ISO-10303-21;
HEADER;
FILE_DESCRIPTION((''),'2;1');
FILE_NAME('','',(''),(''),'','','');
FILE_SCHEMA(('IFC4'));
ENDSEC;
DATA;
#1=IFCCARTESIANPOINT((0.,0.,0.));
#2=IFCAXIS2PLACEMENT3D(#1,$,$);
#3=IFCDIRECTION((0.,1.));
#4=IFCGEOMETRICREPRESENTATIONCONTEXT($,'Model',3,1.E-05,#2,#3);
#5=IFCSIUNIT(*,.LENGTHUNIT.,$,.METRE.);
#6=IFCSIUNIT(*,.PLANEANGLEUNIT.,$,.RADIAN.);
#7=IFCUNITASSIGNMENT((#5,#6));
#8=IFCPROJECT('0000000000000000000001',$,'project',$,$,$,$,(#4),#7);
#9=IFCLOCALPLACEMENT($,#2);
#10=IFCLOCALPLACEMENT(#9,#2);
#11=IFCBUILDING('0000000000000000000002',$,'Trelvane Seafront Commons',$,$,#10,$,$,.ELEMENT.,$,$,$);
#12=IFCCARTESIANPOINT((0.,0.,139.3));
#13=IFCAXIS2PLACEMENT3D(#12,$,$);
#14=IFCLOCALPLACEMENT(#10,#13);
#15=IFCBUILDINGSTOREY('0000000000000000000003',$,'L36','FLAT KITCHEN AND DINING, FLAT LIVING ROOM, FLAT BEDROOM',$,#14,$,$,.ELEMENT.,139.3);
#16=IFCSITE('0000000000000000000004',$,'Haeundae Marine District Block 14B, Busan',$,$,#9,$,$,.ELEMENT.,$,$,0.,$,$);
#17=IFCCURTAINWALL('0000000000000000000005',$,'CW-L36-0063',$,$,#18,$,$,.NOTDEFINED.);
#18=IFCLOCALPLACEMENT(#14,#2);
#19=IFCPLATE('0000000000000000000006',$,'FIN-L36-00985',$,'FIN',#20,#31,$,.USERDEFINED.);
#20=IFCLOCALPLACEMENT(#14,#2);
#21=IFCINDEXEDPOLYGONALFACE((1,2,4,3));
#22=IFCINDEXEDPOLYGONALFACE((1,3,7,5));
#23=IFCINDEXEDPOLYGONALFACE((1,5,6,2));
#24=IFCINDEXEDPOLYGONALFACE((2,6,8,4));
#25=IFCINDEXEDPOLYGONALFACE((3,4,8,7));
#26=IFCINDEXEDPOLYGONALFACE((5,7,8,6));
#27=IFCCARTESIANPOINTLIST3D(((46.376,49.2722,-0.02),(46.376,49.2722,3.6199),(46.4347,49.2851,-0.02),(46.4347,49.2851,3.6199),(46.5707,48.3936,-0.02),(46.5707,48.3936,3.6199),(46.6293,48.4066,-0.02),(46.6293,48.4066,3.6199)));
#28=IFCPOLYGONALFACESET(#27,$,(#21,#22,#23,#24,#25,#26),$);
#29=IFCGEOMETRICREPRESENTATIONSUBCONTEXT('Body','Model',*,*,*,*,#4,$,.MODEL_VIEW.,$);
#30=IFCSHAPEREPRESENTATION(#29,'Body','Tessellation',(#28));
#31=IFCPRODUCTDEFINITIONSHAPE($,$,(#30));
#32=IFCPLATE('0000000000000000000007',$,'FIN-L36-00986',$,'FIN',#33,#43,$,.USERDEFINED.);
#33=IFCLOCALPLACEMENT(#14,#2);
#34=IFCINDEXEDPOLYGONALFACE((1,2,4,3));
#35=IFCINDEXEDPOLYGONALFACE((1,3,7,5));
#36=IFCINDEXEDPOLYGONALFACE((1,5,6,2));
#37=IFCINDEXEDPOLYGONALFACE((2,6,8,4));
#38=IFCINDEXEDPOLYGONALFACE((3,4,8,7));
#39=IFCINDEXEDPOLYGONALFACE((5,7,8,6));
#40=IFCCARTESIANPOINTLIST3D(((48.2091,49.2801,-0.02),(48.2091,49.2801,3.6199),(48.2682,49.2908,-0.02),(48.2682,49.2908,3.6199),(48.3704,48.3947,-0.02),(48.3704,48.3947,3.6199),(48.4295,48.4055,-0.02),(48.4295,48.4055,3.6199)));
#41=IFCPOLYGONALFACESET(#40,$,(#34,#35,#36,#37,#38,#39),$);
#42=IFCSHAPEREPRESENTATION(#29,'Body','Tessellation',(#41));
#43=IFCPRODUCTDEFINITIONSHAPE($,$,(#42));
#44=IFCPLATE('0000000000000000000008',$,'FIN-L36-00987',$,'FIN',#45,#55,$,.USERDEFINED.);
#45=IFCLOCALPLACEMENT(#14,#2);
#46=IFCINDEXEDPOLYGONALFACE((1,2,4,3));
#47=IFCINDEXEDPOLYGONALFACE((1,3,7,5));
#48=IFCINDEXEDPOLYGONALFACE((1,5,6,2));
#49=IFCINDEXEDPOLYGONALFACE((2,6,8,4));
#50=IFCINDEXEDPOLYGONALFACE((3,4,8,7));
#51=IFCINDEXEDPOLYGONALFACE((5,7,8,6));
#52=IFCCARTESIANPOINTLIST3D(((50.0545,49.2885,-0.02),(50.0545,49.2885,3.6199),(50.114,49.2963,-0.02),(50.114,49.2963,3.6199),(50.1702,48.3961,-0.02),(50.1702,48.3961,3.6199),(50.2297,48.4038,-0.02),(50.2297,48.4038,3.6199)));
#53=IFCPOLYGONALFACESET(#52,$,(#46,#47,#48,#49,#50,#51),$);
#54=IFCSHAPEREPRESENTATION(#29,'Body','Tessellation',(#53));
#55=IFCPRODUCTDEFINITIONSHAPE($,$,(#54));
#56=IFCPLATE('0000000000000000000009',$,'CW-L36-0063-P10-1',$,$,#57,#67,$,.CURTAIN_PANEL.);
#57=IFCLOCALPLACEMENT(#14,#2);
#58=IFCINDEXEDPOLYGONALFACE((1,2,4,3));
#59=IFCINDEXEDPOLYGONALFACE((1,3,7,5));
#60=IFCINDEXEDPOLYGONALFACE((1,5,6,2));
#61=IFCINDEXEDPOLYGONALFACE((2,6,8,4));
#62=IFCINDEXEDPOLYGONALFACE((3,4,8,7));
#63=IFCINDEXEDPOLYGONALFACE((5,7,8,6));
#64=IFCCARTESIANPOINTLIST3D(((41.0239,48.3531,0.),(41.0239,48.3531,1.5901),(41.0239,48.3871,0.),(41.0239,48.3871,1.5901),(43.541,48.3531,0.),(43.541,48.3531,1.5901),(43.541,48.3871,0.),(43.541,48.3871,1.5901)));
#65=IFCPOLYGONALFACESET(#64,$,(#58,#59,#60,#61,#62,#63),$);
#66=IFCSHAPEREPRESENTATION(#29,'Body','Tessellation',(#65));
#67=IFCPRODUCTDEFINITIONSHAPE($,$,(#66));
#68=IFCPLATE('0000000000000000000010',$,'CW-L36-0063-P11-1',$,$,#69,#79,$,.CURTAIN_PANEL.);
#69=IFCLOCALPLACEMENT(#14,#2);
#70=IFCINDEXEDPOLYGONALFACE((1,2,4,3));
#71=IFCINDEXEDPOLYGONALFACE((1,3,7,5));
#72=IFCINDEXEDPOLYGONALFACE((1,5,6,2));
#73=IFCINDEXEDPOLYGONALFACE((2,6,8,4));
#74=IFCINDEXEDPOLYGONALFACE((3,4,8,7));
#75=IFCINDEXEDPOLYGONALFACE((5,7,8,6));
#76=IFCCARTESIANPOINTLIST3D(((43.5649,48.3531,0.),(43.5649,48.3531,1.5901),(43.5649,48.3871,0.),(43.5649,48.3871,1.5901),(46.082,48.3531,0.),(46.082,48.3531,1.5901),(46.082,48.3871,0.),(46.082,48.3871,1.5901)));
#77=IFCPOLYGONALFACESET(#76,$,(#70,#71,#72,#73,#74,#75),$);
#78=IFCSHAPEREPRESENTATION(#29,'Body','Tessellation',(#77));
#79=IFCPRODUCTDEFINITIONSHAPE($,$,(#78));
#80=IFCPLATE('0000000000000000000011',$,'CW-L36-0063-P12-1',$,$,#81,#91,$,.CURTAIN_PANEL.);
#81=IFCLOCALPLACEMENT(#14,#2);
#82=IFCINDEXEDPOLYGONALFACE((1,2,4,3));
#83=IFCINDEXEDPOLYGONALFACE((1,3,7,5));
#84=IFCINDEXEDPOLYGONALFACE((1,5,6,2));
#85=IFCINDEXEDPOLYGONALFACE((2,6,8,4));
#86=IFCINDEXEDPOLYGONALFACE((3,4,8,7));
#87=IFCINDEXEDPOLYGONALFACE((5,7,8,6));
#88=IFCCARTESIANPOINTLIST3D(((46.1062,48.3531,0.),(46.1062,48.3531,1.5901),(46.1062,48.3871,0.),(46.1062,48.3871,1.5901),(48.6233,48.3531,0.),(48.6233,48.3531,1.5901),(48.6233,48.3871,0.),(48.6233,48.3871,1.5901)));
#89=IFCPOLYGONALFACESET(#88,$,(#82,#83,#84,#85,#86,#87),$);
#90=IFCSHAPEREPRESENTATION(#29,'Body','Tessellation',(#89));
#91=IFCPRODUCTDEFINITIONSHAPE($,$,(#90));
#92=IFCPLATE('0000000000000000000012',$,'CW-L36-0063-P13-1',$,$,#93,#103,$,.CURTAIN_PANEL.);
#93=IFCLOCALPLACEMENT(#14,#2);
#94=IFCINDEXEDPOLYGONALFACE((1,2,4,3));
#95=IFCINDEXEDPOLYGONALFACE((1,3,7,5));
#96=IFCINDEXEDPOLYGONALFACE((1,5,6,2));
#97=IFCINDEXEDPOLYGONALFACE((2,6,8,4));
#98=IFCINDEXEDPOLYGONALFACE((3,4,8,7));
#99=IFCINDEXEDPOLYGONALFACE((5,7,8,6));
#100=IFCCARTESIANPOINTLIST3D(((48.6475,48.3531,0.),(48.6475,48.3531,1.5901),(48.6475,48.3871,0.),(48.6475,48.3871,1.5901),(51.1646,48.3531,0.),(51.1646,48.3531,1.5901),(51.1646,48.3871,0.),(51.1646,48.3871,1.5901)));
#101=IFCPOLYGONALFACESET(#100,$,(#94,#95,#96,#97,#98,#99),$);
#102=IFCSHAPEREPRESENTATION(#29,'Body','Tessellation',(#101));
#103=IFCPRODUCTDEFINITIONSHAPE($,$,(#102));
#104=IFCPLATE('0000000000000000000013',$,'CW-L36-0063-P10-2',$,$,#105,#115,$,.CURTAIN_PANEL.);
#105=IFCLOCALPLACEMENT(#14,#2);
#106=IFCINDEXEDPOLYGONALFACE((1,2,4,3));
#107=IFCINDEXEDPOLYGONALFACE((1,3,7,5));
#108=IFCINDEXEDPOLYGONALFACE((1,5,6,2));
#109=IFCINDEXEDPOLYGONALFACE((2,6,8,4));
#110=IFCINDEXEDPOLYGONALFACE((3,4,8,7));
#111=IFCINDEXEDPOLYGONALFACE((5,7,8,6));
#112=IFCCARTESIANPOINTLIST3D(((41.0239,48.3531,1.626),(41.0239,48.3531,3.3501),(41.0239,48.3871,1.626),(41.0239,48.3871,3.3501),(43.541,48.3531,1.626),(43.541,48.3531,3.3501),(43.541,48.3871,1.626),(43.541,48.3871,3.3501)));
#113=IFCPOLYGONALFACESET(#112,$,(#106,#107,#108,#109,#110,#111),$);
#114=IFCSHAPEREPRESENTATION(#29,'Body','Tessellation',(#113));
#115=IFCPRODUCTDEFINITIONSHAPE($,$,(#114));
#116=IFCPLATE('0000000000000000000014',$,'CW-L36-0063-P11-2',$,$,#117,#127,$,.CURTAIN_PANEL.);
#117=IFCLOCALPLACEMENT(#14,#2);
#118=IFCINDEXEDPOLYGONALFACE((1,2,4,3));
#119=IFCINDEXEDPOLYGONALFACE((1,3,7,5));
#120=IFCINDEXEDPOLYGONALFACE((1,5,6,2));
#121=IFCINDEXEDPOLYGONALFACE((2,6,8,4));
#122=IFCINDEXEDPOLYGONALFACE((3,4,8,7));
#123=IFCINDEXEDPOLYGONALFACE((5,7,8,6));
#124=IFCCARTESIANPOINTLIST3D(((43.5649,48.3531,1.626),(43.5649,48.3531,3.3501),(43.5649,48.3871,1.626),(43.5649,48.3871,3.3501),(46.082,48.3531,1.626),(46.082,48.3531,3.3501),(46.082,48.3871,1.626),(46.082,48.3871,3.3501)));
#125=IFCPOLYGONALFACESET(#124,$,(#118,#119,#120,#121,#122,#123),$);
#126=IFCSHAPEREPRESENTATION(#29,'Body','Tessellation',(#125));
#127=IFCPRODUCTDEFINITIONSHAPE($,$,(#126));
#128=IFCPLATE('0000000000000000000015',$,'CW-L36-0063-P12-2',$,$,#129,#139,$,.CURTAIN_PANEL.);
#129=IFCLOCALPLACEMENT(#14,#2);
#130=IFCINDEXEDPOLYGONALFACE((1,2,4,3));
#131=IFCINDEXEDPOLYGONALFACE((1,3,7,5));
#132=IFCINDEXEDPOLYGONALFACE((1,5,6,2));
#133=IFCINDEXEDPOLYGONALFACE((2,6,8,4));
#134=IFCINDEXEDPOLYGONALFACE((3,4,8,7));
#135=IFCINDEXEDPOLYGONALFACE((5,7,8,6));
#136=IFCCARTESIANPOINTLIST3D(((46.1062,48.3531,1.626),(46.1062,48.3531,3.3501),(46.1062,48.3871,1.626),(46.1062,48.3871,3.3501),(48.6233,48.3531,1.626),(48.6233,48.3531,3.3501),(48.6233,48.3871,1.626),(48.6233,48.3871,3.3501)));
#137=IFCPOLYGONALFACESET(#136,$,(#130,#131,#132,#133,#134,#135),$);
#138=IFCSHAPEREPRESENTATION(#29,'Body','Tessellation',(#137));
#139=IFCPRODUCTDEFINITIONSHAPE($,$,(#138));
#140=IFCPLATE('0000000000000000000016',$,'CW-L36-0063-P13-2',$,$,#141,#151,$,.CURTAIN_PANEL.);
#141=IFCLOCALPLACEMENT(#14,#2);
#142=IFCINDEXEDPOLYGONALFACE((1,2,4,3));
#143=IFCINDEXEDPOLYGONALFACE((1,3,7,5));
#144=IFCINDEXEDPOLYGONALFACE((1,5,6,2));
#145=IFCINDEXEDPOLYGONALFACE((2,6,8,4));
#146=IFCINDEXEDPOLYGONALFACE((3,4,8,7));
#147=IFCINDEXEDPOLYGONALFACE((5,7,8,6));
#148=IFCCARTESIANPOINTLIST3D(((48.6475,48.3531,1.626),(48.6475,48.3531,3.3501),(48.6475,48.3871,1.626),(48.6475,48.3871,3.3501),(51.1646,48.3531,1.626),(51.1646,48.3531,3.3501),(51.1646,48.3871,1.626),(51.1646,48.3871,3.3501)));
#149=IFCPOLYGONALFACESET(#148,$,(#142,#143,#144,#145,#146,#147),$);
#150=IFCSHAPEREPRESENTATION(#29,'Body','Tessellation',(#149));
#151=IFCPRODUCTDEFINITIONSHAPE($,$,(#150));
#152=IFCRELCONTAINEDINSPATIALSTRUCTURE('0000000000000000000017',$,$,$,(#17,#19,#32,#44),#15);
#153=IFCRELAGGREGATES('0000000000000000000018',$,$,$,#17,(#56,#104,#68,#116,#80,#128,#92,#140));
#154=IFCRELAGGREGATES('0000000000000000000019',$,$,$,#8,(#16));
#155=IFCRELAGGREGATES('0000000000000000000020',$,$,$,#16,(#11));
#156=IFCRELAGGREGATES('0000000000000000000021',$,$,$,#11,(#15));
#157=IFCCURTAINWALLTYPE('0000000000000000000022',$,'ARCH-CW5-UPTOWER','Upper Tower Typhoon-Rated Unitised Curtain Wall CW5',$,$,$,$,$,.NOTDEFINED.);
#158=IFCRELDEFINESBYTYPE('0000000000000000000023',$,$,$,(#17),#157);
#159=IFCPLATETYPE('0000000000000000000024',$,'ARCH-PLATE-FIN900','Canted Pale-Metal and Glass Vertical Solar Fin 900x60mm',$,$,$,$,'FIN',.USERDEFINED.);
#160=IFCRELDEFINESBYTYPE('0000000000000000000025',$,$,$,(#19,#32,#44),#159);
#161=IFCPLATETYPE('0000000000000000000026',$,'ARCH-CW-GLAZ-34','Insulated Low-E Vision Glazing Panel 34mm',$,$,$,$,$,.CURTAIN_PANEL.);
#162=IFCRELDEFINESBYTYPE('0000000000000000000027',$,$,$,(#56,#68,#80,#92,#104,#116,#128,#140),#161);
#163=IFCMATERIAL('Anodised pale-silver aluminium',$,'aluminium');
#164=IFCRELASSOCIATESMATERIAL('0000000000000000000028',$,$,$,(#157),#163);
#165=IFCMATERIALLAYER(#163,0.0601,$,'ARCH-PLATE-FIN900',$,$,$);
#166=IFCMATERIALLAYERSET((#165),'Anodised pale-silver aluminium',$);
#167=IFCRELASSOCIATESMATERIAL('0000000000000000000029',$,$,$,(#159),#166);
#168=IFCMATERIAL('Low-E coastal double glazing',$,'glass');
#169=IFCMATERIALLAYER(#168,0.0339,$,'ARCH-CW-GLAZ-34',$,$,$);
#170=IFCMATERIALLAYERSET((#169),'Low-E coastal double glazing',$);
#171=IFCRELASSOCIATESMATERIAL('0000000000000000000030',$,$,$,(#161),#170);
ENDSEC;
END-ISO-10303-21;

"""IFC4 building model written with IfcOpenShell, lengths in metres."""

from ifc_helpers import new_model, si_unit, direction, frame, origin, origin_2d, place, context, subcontext, project, spatial, rectangle, extrude, source, transform, mapped, material, layer, layer_set, type_object, element, aggregate, save


model = new_model("IFC4")

# Units and contexts
model_context = context("Model", 3, precision=1e-05, world=origin(), true_north=direction((0.0, 1.0)))
body_context = subcontext(model_context, "Body", "Model", "MODEL_VIEW")
ifc_project = project(units=[si_unit("LENGTHUNIT", "METRE"), si_unit("PLANEANGLEUNIT", "RADIAN")], contexts=[model_context])

# Site, building, storey
site_placement = place(None, origin())
site = spatial("IfcSite", under=ifc_project, at=site_placement, Name="Haeundae Marine District Block 14B, Busan", CompositionType="ELEMENT", RefElevation=0.0)
building_placement = place(site_placement, origin())
building = spatial("IfcBuilding", under=site, at=building_placement, Name="Trelvane Seafront Commons", CompositionType="ELEMENT")
storey_placement = place(building_placement, frame((0.0, 0.0, 139.3)))
storey = spatial("IfcBuildingStorey", under=building, at=storey_placement, Name="L36", Description="FLAT KITCHEN AND DINING, FLAT LIVING ROOM, FLAT BEDROOM", CompositionType="ELEMENT", Elevation=139.3)

# Curtain wall
ifc_material_1 = material(Name="Anodised pale-silver aluminium", Category="aluminium")
curtain_wall_type = type_object("IfcCurtainWallType", Name="ARCH-CW5-UPTOWER", Description="Upper Tower Typhoon-Rated Unitised Curtain Wall CW5", PredefinedType="NOTDEFINED", material=ifc_material_1)
curtain_wall_placement = place(storey_placement, origin())
curtain_wall = element("IfcCurtainWall", 1, at=curtain_wall_placement, inside=storey, type_object=curtain_wall_type, Name="CW-L36-0063", PredefinedType="NOTDEFINED")

# Plates
ifc_layer_1 = layer(ifc_material_1, 0.0601, Name="ARCH-PLATE-FIN900")
ifc_layer_set_1 = layer_set([ifc_layer_1], Name="Anodised pale-silver aluminium")
plate_type_1 = type_object("IfcPlateType", Name="ARCH-PLATE-FIN900", Description="Canted Pale-Metal and Glass Vertical Solar Fin 900x60mm", ElementType="FIN", PredefinedType="USERDEFINED", material=ifc_layer_set_1)
shared_shape_1 = source(origin(), body_context, "Body", "SweptSolid", [
    extrude(rectangle(XDim=0.8999, YDim=0.0601, at=origin_2d()), origin(), (0.0, 0.0, 1.0), 3.6399),
])
for number, where, z_axis, x_axis, name in (
    (2, (46.5027, 48.8394, -0.02), (0.0, 0.0, 1.0), (-0.216331, 0.97632, 0.0), "FIN-L36-00985"),
    (3, (48.3193, 48.8428, -0.02), (0.0, 0.0, 1.0), (-0.179228, 0.983808, 0.0), "FIN-L36-00986"),
    (4, (50.1421, 48.8462, -0.02), (0.0, 0.0, 1.0), (-0.12856, 0.991702, 0.0), "FIN-L36-00987"),
):
    element("IfcPlate", number, at=place(storey_placement, frame(where, z_axis=z_axis, x_axis=x_axis)), inside=storey, type_object=plate_type_1, Name=name, ObjectType="FIN", PredefinedType="USERDEFINED", context=body_context, shape_type="MappedRepresentation", body=[
        mapped(shared_shape_1, transform((0.0, 0.0, 0.0), x_axis=(1.0, 0.0, 0.0), y_axis=(0.0, 1.0, 0.0), z_axis=(0.0, 0.0, 1.0), scale=1.0)),
    ])

# Plates
ifc_material_2 = material(Name="Low-E coastal double glazing", Category="glass")
ifc_layer_2 = layer(ifc_material_2, 0.0339, Name="ARCH-CW-GLAZ-34")
ifc_layer_set_2 = layer_set([ifc_layer_2], Name="Low-E coastal double glazing")
plate_type_2 = type_object("IfcPlateType", Name="ARCH-CW-GLAZ-34", Description="Insulated Low-E Vision Glazing Panel 34mm", PredefinedType="CURTAIN_PANEL", material=ifc_layer_set_2)
shared_shape_2 = source(origin(), body_context, "Body", "SweptSolid", [
    extrude(rectangle(XDim=2.5171, YDim=0.0339, at=origin_2d()), origin(), (0.0, 0.0, 1.0), 1.5901),
])
plate_1_placement = place(storey_placement, frame((42.2825, 48.3701, 0.0), z_axis=(0.0, 0.0, 1.0), x_axis=(1.0, 0.0, 0.0)))
plate_1 = element("IfcPlate", 5, at=plate_1_placement, type_object=plate_type_2, Name="CW-L36-0063-P10-1", PredefinedType="CURTAIN_PANEL", context=body_context, shape_type="MappedRepresentation", body=[
    mapped(shared_shape_2, transform((0.0, 0.0, 0.0), x_axis=(1.0, 0.0, 0.0), y_axis=(0.0, 1.0, 0.0), z_axis=(0.0, 0.0, 1.0), scale=1.0)),
])
plate_2_placement = place(storey_placement, frame((44.8235, 48.3701, 0.0), z_axis=(0.0, 0.0, 1.0), x_axis=(1.0, 0.0, 0.0)))
plate_2 = element("IfcPlate", 6, at=plate_2_placement, type_object=plate_type_2, Name="CW-L36-0063-P11-1", PredefinedType="CURTAIN_PANEL", context=body_context, shape_type="MappedRepresentation", body=[
    mapped(shared_shape_2, transform((0.0, 0.0, 0.0), x_axis=(1.0, 0.0, 0.0), y_axis=(0.0, 1.0, 0.0), z_axis=(0.0, 0.0, 1.0), scale=1.0)),
])
plate_3_placement = place(storey_placement, frame((47.3647, 48.3701, 0.0), z_axis=(0.0, 0.0, 1.0), x_axis=(1.0, 0.0, 0.0)))
plate_3 = element("IfcPlate", 7, at=plate_3_placement, type_object=plate_type_2, Name="CW-L36-0063-P12-1", PredefinedType="CURTAIN_PANEL", context=body_context, shape_type="MappedRepresentation", body=[
    mapped(shared_shape_2, transform((0.0, 0.0, 0.0), x_axis=(1.0, 0.0, 0.0), y_axis=(0.0, 1.0, 0.0), z_axis=(0.0, 0.0, 1.0), scale=1.0)),
])
plate_4_placement = place(storey_placement, frame((49.906, 48.3701, 0.0), z_axis=(0.0, 0.0, 1.0), x_axis=(1.0, 0.0, 0.0)))
plate_4 = element("IfcPlate", 8, at=plate_4_placement, type_object=plate_type_2, Name="CW-L36-0063-P13-1", PredefinedType="CURTAIN_PANEL", context=body_context, shape_type="MappedRepresentation", body=[
    mapped(shared_shape_2, transform((0.0, 0.0, 0.0), x_axis=(1.0, 0.0, 0.0), y_axis=(0.0, 1.0, 0.0), z_axis=(0.0, 0.0, 1.0), scale=1.0)),
])
shared_shape_3 = source(origin(), body_context, "Body", "SweptSolid", [
    extrude(rectangle(XDim=2.5171, YDim=0.0339, at=origin_2d()), origin(), (0.0, 0.0, 1.0), 1.7241),
])
plate_5_placement = place(storey_placement, frame((42.2825, 48.3701, 1.626), z_axis=(0.0, 0.0, 1.0), x_axis=(1.0, 0.0, 0.0)))
plate_5 = element("IfcPlate", 9, at=plate_5_placement, type_object=plate_type_2, Name="CW-L36-0063-P10-2", PredefinedType="CURTAIN_PANEL", context=body_context, shape_type="MappedRepresentation", body=[
    mapped(shared_shape_3, transform((0.0, 0.0, 0.0), x_axis=(1.0, 0.0, 0.0), y_axis=(0.0, 1.0, 0.0), z_axis=(0.0, 0.0, 1.0), scale=1.0)),
])
plate_6_placement = place(storey_placement, frame((44.8235, 48.3701, 1.626), z_axis=(0.0, 0.0, 1.0), x_axis=(1.0, 0.0, 0.0)))
plate_6 = element("IfcPlate", 10, at=plate_6_placement, type_object=plate_type_2, Name="CW-L36-0063-P11-2", PredefinedType="CURTAIN_PANEL", context=body_context, shape_type="MappedRepresentation", body=[
    mapped(shared_shape_3, transform((0.0, 0.0, 0.0), x_axis=(1.0, 0.0, 0.0), y_axis=(0.0, 1.0, 0.0), z_axis=(0.0, 0.0, 1.0), scale=1.0)),
])
plate_7_placement = place(storey_placement, frame((47.3647, 48.3701, 1.626), z_axis=(0.0, 0.0, 1.0), x_axis=(1.0, 0.0, 0.0)))
plate_7 = element("IfcPlate", 11, at=plate_7_placement, type_object=plate_type_2, Name="CW-L36-0063-P12-2", PredefinedType="CURTAIN_PANEL", context=body_context, shape_type="MappedRepresentation", body=[
    mapped(shared_shape_3, transform((0.0, 0.0, 0.0), x_axis=(1.0, 0.0, 0.0), y_axis=(0.0, 1.0, 0.0), z_axis=(0.0, 0.0, 1.0), scale=1.0)),
])
plate_8_placement = place(storey_placement, frame((49.906, 48.3701, 1.626), z_axis=(0.0, 0.0, 1.0), x_axis=(1.0, 0.0, 0.0)))
plate_8 = element("IfcPlate", 12, at=plate_8_placement, type_object=plate_type_2, Name="CW-L36-0063-P13-2", PredefinedType="CURTAIN_PANEL", context=body_context, shape_type="MappedRepresentation", body=[
    mapped(shared_shape_3, transform((0.0, 0.0, 0.0), x_axis=(1.0, 0.0, 0.0), y_axis=(0.0, 1.0, 0.0), z_axis=(0.0, 0.0, 1.0), scale=1.0)),
])
aggregate(curtain_wall, [plate_1, plate_5, plate_2, plate_6, plate_3, plate_7, plate_4, plate_8])

save(model, "model.ifc")
